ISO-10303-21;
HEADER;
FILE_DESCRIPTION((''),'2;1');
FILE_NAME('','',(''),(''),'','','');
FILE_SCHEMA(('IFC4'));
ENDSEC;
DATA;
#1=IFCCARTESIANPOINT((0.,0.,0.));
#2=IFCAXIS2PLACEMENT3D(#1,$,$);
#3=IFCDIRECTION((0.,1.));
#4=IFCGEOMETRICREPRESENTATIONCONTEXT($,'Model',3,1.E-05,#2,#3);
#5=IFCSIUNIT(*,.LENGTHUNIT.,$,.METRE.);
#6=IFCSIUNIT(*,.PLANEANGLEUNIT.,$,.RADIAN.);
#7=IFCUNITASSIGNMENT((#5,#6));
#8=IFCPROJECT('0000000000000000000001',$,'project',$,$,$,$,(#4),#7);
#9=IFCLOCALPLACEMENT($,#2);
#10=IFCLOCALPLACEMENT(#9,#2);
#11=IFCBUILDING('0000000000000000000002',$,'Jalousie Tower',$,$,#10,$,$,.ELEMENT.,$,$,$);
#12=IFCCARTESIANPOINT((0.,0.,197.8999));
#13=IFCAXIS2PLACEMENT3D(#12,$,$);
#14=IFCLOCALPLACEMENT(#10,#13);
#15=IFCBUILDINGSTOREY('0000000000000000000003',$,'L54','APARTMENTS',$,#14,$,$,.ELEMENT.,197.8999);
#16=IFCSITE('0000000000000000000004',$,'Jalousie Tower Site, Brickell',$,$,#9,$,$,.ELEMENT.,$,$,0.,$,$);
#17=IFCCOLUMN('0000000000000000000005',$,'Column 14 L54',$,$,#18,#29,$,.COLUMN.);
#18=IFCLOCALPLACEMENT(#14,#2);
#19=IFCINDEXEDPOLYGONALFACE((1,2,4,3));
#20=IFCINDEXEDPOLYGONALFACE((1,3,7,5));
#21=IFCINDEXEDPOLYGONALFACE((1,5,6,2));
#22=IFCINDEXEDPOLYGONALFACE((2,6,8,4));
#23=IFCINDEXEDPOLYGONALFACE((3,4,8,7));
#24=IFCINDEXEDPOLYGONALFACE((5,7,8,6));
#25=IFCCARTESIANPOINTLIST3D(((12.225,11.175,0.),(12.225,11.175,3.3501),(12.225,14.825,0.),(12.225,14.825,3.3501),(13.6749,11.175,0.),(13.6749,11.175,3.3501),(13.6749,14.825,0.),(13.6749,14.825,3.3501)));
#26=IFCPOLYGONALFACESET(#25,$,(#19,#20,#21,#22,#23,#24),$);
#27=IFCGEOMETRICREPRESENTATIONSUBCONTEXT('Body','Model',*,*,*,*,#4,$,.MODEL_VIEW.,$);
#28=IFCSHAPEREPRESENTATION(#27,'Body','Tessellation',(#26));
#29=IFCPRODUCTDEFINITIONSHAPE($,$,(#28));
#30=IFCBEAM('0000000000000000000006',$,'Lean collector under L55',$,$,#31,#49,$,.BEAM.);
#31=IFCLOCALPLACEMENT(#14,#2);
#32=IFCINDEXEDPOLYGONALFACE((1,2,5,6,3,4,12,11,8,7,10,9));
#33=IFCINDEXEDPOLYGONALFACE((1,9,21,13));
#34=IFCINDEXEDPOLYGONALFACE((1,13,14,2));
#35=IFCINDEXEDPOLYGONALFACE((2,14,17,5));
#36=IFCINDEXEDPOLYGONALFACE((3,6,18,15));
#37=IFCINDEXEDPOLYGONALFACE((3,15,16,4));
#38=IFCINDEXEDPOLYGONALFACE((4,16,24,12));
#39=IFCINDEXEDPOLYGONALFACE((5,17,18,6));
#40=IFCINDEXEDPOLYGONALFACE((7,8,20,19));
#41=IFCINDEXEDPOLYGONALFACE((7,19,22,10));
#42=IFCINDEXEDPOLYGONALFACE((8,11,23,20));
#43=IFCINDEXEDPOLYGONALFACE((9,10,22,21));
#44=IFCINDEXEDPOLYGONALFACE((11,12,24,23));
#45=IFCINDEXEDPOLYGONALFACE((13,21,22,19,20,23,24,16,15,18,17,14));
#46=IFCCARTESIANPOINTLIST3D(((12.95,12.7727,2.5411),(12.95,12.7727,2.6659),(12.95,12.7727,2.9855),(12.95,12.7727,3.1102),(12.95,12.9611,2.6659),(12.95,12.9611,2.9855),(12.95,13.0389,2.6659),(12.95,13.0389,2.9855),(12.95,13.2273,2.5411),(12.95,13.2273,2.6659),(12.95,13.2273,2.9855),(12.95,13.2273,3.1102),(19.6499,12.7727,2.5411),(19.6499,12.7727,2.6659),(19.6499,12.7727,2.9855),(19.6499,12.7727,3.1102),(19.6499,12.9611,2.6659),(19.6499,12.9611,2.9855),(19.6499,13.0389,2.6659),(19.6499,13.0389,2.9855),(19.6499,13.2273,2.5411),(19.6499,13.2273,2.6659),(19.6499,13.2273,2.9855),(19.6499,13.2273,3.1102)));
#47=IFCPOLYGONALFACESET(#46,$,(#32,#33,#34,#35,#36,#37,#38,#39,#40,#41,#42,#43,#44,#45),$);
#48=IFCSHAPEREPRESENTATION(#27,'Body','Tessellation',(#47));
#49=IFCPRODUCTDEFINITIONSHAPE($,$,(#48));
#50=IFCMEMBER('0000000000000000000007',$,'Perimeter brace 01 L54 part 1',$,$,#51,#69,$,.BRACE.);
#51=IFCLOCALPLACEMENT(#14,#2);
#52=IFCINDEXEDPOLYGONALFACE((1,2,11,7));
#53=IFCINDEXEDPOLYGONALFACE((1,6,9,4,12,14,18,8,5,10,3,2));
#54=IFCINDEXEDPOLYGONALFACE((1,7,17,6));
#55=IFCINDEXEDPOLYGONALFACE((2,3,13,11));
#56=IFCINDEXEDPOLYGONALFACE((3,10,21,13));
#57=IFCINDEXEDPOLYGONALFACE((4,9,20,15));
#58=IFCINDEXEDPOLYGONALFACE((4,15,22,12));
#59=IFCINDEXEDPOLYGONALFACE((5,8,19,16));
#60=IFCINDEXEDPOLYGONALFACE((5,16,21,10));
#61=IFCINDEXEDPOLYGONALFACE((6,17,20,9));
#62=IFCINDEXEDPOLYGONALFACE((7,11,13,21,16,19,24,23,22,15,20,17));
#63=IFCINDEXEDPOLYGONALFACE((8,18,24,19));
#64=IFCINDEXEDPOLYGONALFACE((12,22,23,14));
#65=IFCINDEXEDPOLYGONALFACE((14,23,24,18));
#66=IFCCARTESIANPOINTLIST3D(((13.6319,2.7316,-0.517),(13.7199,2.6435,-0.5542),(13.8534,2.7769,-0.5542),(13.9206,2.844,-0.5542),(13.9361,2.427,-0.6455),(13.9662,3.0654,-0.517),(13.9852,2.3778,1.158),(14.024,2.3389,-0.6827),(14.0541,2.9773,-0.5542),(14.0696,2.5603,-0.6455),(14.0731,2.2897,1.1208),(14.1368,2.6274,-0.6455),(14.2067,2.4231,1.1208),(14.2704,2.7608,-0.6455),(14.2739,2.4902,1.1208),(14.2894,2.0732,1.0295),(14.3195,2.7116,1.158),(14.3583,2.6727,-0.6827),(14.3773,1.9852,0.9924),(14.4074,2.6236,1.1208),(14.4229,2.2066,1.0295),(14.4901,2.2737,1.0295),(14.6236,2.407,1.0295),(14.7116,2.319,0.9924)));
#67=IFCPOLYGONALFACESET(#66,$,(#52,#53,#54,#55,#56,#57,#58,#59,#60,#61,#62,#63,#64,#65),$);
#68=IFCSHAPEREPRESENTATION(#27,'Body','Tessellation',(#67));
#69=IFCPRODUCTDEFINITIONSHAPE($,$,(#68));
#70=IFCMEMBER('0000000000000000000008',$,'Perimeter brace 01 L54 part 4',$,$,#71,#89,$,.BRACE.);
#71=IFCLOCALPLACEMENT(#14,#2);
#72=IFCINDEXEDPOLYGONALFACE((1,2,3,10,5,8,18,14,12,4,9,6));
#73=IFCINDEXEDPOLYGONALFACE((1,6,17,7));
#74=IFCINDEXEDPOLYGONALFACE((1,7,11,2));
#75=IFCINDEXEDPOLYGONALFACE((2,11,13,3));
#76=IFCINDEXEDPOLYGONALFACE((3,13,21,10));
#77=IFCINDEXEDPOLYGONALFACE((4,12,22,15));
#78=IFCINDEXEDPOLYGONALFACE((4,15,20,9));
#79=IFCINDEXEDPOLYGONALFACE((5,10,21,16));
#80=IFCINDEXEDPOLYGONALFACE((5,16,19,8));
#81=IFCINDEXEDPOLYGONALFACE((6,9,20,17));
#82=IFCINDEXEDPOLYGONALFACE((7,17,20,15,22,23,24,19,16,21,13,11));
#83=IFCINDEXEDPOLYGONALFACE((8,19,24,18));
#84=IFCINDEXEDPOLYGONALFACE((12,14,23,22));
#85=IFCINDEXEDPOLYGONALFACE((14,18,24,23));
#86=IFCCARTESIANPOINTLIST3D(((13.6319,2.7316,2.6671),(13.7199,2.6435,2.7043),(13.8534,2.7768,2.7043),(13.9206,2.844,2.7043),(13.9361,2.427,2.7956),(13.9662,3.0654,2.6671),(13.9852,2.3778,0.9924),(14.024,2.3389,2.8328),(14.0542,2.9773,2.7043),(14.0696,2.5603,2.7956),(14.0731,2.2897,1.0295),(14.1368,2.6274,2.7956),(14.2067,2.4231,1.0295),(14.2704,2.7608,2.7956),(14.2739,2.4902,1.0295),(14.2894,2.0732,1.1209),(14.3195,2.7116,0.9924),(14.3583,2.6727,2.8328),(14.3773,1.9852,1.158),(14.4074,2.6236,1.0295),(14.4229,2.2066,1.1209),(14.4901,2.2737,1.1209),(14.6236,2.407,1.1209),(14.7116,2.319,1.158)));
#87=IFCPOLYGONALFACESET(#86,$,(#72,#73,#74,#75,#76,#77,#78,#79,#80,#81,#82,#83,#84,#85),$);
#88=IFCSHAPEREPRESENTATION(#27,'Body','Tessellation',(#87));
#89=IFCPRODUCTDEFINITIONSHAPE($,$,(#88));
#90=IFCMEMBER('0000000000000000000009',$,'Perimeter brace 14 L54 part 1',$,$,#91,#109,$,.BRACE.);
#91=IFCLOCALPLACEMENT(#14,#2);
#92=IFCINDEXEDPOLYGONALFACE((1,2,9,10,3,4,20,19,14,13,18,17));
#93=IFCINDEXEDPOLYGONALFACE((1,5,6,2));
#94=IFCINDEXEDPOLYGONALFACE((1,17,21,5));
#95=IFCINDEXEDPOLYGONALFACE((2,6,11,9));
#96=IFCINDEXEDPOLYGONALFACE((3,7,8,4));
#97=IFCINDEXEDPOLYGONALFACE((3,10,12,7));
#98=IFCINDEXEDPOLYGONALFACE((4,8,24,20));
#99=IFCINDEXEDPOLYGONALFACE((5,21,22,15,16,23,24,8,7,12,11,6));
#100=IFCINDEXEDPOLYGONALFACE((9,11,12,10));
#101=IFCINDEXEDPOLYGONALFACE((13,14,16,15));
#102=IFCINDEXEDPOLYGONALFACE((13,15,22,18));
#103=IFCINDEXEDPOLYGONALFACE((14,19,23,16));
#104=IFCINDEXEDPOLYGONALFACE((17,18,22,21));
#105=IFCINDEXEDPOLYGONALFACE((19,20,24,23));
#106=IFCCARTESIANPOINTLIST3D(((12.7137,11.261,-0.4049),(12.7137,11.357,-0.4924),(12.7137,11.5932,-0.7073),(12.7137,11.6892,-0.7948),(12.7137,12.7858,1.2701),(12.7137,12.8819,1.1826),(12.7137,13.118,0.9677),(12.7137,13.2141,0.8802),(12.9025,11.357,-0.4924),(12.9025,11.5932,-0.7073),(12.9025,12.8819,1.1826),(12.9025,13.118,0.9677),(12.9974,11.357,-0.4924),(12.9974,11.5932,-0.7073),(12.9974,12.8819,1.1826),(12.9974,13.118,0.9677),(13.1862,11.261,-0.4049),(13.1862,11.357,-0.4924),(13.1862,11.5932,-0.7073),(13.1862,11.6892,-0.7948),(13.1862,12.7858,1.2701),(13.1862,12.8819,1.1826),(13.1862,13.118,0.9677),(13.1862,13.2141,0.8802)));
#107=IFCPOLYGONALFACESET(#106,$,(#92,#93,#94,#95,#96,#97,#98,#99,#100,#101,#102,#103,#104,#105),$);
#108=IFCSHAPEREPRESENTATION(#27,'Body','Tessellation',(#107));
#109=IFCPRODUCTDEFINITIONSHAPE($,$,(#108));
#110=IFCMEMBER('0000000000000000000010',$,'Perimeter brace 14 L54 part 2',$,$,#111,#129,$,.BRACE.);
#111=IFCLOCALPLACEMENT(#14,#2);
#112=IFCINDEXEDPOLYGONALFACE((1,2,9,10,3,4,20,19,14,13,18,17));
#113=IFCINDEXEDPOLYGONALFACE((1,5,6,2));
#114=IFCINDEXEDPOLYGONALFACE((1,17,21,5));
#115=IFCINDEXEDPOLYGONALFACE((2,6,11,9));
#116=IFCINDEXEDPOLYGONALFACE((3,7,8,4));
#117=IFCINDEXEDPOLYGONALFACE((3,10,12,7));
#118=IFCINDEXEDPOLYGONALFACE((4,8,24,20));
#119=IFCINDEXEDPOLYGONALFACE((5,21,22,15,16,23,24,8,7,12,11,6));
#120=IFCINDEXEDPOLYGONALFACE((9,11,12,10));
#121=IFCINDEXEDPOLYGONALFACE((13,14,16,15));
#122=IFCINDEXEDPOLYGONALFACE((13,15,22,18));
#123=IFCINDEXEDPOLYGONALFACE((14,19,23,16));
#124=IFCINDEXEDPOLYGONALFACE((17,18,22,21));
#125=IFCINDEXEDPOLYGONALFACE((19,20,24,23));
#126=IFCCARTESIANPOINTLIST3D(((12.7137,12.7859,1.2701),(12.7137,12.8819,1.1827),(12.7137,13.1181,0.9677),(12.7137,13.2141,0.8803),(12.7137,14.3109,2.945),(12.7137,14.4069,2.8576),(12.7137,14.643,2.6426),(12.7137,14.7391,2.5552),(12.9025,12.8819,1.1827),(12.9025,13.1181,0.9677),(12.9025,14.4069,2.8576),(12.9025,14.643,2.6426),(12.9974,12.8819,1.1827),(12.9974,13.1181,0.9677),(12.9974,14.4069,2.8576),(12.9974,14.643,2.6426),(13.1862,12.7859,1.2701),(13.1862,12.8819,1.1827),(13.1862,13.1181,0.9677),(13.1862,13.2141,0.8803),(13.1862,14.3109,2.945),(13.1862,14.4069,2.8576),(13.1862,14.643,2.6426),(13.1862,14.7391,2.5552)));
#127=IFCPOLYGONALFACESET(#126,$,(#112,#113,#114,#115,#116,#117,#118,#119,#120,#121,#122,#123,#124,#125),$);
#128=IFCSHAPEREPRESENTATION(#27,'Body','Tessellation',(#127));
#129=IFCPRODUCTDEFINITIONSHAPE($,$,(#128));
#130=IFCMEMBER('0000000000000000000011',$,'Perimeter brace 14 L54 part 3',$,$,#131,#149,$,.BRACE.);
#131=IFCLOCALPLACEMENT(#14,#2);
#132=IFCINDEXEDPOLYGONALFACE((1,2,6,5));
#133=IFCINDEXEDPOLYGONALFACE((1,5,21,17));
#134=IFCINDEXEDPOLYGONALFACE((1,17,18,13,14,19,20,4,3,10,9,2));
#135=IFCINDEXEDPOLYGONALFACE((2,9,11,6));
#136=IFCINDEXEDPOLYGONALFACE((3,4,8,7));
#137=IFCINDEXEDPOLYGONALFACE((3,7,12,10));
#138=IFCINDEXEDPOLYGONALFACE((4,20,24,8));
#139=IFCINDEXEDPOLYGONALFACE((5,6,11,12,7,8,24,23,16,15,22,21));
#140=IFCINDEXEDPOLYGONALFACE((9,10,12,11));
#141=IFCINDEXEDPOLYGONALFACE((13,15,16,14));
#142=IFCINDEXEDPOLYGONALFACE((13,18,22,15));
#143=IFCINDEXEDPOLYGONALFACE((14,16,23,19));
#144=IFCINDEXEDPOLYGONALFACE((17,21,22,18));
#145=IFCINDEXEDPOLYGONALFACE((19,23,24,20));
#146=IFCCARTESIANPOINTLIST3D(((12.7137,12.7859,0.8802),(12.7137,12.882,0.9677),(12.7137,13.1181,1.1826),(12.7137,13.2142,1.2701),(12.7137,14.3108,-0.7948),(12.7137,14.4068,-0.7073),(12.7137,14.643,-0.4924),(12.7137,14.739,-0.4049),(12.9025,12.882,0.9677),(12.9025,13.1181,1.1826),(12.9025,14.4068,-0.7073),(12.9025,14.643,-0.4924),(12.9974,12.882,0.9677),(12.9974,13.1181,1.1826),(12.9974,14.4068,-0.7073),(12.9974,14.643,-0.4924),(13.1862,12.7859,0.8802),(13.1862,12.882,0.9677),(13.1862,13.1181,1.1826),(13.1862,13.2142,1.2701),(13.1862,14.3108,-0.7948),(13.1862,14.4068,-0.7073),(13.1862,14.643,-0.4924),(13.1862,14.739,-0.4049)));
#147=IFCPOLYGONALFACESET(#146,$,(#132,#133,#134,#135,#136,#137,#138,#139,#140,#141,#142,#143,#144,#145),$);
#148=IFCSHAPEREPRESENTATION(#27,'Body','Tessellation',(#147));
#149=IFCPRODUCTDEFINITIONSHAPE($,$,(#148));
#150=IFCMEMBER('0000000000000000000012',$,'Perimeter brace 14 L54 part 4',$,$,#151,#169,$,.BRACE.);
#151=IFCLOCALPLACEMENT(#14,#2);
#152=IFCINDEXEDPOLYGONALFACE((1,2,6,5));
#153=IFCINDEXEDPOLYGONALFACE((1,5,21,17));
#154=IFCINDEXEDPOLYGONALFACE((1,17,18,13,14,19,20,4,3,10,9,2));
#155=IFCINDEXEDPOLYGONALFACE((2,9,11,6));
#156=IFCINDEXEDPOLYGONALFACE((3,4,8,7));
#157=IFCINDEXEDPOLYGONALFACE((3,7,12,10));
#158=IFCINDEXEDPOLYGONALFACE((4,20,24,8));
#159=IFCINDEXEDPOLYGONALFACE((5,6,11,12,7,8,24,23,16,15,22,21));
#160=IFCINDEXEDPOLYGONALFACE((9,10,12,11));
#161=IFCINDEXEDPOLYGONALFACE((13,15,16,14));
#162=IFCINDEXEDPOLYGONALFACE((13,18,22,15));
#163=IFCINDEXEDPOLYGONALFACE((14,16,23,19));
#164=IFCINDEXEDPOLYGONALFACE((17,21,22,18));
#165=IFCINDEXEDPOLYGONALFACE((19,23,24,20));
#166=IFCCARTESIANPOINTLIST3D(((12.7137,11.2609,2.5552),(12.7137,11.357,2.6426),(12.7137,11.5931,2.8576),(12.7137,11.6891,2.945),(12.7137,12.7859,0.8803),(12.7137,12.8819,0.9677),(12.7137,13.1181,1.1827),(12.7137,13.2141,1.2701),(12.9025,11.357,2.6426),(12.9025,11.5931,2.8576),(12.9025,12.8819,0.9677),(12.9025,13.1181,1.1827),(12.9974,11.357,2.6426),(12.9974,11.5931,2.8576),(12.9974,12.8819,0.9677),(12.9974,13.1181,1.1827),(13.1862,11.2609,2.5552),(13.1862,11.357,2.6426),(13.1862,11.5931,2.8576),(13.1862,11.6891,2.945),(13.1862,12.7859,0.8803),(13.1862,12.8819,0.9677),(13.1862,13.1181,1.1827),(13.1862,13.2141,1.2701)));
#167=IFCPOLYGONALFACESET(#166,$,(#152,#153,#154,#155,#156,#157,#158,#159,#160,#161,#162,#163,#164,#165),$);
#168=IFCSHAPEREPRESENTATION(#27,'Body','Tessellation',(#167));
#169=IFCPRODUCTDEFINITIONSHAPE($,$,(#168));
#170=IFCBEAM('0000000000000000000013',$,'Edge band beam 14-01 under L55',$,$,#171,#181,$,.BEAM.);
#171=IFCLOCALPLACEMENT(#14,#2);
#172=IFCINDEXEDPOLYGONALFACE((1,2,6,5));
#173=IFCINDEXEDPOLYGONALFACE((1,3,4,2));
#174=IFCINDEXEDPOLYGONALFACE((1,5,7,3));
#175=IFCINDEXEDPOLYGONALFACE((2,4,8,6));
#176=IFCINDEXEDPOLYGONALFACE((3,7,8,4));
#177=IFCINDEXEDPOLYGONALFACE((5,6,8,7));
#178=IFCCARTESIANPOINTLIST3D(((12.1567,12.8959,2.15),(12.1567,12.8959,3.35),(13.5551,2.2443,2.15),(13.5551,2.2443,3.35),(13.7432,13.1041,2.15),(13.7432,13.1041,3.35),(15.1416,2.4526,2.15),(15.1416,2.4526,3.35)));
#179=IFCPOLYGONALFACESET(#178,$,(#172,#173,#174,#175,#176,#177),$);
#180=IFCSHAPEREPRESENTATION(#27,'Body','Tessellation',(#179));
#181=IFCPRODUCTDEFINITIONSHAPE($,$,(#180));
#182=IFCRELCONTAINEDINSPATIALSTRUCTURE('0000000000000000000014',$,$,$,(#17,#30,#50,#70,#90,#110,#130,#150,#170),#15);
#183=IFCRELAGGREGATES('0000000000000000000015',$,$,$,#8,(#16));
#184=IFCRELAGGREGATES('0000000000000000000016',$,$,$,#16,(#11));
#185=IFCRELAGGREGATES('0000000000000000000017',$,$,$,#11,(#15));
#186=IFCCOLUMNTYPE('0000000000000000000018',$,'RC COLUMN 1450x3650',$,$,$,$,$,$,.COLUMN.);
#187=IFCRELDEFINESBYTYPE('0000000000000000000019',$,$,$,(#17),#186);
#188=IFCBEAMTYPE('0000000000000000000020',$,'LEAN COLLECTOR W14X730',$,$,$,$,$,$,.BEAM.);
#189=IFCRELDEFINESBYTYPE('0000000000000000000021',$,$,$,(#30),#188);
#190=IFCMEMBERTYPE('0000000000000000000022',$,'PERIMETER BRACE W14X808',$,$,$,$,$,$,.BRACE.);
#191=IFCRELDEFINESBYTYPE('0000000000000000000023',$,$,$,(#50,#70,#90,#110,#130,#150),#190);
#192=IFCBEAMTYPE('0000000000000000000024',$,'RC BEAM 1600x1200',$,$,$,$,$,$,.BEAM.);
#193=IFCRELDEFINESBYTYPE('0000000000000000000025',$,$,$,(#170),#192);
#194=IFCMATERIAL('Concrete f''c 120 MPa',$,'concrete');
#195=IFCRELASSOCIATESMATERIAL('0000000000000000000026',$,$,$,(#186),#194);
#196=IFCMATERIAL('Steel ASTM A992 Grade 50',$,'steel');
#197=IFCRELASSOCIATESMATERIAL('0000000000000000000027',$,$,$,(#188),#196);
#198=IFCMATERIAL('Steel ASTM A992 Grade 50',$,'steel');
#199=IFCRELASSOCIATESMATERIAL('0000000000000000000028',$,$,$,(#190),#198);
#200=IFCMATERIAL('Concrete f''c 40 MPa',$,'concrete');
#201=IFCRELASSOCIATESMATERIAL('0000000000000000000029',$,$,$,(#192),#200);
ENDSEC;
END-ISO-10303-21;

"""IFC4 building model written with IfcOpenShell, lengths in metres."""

from ifc_helpers import new_model, si_unit, direction, frame, origin, origin_2d, place, context, subcontext, project, spatial, rectangle, i_section, extrude, material, material_profile, profile_set, type_object, element, save


model = new_model("IFC4")

# Units and contexts
model_context = context("Model", 3, precision=1e-05, world=origin(), true_north=direction((0.0, 1.0)))
body_context = subcontext(model_context, "Body", "Model", "MODEL_VIEW")
ifc_project = project(units=[si_unit("LENGTHUNIT", "METRE"), si_unit("PLANEANGLEUNIT", "RADIAN")], contexts=[model_context])

# Site, building, storey
site_placement = place(None, origin())
site = spatial("IfcSite", under=ifc_project, at=site_placement, Name="Jalousie Tower Site, Brickell", CompositionType="ELEMENT", RefElevation=0.0)
building_placement = place(site_placement, origin())
building = spatial("IfcBuilding", under=site, at=building_placement, Name="Jalousie Tower", CompositionType="ELEMENT")
storey_placement = place(building_placement, frame((0.0, 0.0, 197.8999)))
storey = spatial("IfcBuildingStorey", under=building, at=storey_placement, Name="L54", Description="APARTMENTS", CompositionType="ELEMENT", Elevation=197.8999)

# Column
ifc_material_1 = material(Name="Concrete f'c 120 MPa", Category="concrete")
ifc_material_profile_1 = material_profile(ifc_material_1, rectangle(XDim=1.45, YDim=3.6499, at=origin_2d()), Name="RC 1450x3650")
ifc_profile_set_1 = profile_set([ifc_material_profile_1], Name="Concrete f'c 120 MPa")
column_type = type_object("IfcColumnType", Name="RC COLUMN 1450x3650", PredefinedType="COLUMN", material=ifc_profile_set_1)
column_placement = place(storey_placement, frame((12.95, 13.0, 0.0), z_axis=(0.0, 0.0, 1.0), x_axis=(1.0, 0.0, 0.0)))
element("IfcColumn", 1, at=column_placement, inside=storey, type_object=column_type, Name="Column 14 L54", PredefinedType="COLUMN", context=body_context, shape_type="SweptSolid", body=[
    extrude(rectangle(XDim=1.45, YDim=3.6499, at=origin_2d()), origin(), (0.0, 0.0, 1.0), 3.3501),
])

# Beam
ifc_material_2 = material(Name="Steel ASTM A992 Grade 50", Category="steel")
ifc_material_profile_2 = material_profile(ifc_material_2, i_section(OverallWidth=0.4546, OverallDepth=0.5691, WebThickness=0.0779, FlangeThickness=0.1248, at=origin_2d()), Name="W14X730")
ifc_profile_set_2 = profile_set([ifc_material_profile_2], Name="Steel ASTM A992 Grade 50")
beam_type_1 = type_object("IfcBeamType", Name="LEAN COLLECTOR W14X730", PredefinedType="BEAM", material=ifc_profile_set_2)
beam_1_placement = place(storey_placement, frame((12.95, 13.0, 2.8257), z_axis=(1.0, 0.0, 0.0), x_axis=(0.0, 1.0, 0.0)))
element("IfcBeam", 2, at=beam_1_placement, inside=storey, type_object=beam_type_1, Name="Lean collector under L55", PredefinedType="BEAM", context=body_context, shape_type="SweptSolid", body=[
    extrude(i_section(OverallWidth=0.4546, OverallDepth=0.5691, WebThickness=0.0779, FlangeThickness=0.1248, at=origin_2d()), origin(), (0.0, 0.0, 1.0), 6.7),
])

# Members
ifc_material_3 = material(Name="Steel ASTM A992 Grade 50", Category="steel")
ifc_material_profile_3 = material_profile(ifc_material_3, i_section(OverallWidth=0.4724, OverallDepth=0.5791, WebThickness=0.095, FlangeThickness=0.1299, at=origin_2d()), Name="W14X808")
ifc_profile_set_3 = profile_set([ifc_material_profile_3], Name="Steel ASTM A992 Grade 50")
member_type = type_object("IfcMemberType", Name="PERIMETER BRACE W14X808", PredefinedType="BRACE", material=ifc_profile_set_3)
member_1_placement = place(storey_placement, frame((13.9951, 2.7021, -0.5999), z_axis=(0.202093, -0.202372, 0.95823), x_axis=(0.707595, 0.706618, 0.0)))
element("IfcMember", 3, at=member_1_placement, inside=storey, type_object=member_type, Name="Perimeter brace 01 L54 part 1", PredefinedType="BRACE", context=body_context, shape_type="SweptSolid", body=[
    extrude(i_section(OverallWidth=0.4724, OverallDepth=0.5791, WebThickness=0.095, FlangeThickness=0.1299, at=origin_2d()), origin(), (0.0, 0.0, 1.0), 1.748),
])
member_2_placement = place(storey_placement, frame((14.3484, 2.3484, 1.0752), z_axis=(-0.20212, 0.202399, 0.958218), x_axis=(-0.707595, -0.706618, 0.0)))
element("IfcMember", 4, at=member_2_placement, inside=storey, type_object=member_type, Name="Perimeter brace 01 L54 part 4", PredefinedType="BRACE", context=body_context, shape_type="SweptSolid", body=[
    extrude(i_section(OverallWidth=0.4724, OverallDepth=0.5791, WebThickness=0.095, FlangeThickness=0.1299, at=origin_2d()), origin(), (0.0, 0.0, 1.0), 1.7478),
])
for number, where, z_axis, x_axis, name in (
    (5, (12.95, 11.4751, -0.5999), (0.0, 0.673188, 0.739472), (-1.0, 0.0, 0.0), "Perimeter brace 14 L54 part 1"),
    (6, (12.95, 13.0, 1.0752), (0.0, 0.673241, 0.739423), (-1.0, 0.0, 0.0), "Perimeter brace 14 L54 part 2"),
    (7, (12.95, 14.5249, -0.5999), (0.0, -0.673188, 0.739472), (1.0, 0.0, 0.0), "Perimeter brace 14 L54 part 3"),
    (8, (12.95, 13.0, 1.0752), (0.0, -0.673241, 0.739423), (1.0, 0.0, 0.0), "Perimeter brace 14 L54 part 4"),
):
    element("IfcMember", number, at=place(storey_placement, frame(where, z_axis=z_axis, x_axis=x_axis)), inside=storey, type_object=member_type, Name=name, PredefinedType="BRACE", context=body_context, shape_type="SweptSolid", body=[
        extrude(i_section(OverallWidth=0.4724, OverallDepth=0.5791, WebThickness=0.095, FlangeThickness=0.1299, at=origin_2d()), origin(), (0.0, 0.0, 1.0), 2.2651),
    ])

# Beam
ifc_material_4 = material(Name="Concrete f'c 40 MPa", Category="concrete")
ifc_material_profile_4 = material_profile(ifc_material_4, rectangle(XDim=1.6001, YDim=1.2, at=origin_2d()), Name="RC 1600x1200")
ifc_profile_set_4 = profile_set([ifc_material_profile_4], Name="Concrete f'c 40 MPa")
beam_type_2 = type_object("IfcBeamType", Name="RC BEAM 1600x1200", PredefinedType="BEAM", material=ifc_profile_set_4)
beam_2_placement = place(storey_placement, frame((12.95, 13.0, 2.75), z_axis=(0.130172, -0.991491, 0.0), x_axis=(0.991491, 0.130172, 0.0)))
element("IfcBeam", 9, at=beam_2_placement, inside=storey, type_object=beam_type_2, Name="Edge band beam 14-01 under L55", PredefinedType="BEAM", context=body_context, shape_type="SweptSolid", body=[
    extrude(rectangle(XDim=1.6001, YDim=1.2, at=origin_2d()), origin(), (0.0, 0.0, 1.0), 10.7429),
])

save(model, "model.ifc")
